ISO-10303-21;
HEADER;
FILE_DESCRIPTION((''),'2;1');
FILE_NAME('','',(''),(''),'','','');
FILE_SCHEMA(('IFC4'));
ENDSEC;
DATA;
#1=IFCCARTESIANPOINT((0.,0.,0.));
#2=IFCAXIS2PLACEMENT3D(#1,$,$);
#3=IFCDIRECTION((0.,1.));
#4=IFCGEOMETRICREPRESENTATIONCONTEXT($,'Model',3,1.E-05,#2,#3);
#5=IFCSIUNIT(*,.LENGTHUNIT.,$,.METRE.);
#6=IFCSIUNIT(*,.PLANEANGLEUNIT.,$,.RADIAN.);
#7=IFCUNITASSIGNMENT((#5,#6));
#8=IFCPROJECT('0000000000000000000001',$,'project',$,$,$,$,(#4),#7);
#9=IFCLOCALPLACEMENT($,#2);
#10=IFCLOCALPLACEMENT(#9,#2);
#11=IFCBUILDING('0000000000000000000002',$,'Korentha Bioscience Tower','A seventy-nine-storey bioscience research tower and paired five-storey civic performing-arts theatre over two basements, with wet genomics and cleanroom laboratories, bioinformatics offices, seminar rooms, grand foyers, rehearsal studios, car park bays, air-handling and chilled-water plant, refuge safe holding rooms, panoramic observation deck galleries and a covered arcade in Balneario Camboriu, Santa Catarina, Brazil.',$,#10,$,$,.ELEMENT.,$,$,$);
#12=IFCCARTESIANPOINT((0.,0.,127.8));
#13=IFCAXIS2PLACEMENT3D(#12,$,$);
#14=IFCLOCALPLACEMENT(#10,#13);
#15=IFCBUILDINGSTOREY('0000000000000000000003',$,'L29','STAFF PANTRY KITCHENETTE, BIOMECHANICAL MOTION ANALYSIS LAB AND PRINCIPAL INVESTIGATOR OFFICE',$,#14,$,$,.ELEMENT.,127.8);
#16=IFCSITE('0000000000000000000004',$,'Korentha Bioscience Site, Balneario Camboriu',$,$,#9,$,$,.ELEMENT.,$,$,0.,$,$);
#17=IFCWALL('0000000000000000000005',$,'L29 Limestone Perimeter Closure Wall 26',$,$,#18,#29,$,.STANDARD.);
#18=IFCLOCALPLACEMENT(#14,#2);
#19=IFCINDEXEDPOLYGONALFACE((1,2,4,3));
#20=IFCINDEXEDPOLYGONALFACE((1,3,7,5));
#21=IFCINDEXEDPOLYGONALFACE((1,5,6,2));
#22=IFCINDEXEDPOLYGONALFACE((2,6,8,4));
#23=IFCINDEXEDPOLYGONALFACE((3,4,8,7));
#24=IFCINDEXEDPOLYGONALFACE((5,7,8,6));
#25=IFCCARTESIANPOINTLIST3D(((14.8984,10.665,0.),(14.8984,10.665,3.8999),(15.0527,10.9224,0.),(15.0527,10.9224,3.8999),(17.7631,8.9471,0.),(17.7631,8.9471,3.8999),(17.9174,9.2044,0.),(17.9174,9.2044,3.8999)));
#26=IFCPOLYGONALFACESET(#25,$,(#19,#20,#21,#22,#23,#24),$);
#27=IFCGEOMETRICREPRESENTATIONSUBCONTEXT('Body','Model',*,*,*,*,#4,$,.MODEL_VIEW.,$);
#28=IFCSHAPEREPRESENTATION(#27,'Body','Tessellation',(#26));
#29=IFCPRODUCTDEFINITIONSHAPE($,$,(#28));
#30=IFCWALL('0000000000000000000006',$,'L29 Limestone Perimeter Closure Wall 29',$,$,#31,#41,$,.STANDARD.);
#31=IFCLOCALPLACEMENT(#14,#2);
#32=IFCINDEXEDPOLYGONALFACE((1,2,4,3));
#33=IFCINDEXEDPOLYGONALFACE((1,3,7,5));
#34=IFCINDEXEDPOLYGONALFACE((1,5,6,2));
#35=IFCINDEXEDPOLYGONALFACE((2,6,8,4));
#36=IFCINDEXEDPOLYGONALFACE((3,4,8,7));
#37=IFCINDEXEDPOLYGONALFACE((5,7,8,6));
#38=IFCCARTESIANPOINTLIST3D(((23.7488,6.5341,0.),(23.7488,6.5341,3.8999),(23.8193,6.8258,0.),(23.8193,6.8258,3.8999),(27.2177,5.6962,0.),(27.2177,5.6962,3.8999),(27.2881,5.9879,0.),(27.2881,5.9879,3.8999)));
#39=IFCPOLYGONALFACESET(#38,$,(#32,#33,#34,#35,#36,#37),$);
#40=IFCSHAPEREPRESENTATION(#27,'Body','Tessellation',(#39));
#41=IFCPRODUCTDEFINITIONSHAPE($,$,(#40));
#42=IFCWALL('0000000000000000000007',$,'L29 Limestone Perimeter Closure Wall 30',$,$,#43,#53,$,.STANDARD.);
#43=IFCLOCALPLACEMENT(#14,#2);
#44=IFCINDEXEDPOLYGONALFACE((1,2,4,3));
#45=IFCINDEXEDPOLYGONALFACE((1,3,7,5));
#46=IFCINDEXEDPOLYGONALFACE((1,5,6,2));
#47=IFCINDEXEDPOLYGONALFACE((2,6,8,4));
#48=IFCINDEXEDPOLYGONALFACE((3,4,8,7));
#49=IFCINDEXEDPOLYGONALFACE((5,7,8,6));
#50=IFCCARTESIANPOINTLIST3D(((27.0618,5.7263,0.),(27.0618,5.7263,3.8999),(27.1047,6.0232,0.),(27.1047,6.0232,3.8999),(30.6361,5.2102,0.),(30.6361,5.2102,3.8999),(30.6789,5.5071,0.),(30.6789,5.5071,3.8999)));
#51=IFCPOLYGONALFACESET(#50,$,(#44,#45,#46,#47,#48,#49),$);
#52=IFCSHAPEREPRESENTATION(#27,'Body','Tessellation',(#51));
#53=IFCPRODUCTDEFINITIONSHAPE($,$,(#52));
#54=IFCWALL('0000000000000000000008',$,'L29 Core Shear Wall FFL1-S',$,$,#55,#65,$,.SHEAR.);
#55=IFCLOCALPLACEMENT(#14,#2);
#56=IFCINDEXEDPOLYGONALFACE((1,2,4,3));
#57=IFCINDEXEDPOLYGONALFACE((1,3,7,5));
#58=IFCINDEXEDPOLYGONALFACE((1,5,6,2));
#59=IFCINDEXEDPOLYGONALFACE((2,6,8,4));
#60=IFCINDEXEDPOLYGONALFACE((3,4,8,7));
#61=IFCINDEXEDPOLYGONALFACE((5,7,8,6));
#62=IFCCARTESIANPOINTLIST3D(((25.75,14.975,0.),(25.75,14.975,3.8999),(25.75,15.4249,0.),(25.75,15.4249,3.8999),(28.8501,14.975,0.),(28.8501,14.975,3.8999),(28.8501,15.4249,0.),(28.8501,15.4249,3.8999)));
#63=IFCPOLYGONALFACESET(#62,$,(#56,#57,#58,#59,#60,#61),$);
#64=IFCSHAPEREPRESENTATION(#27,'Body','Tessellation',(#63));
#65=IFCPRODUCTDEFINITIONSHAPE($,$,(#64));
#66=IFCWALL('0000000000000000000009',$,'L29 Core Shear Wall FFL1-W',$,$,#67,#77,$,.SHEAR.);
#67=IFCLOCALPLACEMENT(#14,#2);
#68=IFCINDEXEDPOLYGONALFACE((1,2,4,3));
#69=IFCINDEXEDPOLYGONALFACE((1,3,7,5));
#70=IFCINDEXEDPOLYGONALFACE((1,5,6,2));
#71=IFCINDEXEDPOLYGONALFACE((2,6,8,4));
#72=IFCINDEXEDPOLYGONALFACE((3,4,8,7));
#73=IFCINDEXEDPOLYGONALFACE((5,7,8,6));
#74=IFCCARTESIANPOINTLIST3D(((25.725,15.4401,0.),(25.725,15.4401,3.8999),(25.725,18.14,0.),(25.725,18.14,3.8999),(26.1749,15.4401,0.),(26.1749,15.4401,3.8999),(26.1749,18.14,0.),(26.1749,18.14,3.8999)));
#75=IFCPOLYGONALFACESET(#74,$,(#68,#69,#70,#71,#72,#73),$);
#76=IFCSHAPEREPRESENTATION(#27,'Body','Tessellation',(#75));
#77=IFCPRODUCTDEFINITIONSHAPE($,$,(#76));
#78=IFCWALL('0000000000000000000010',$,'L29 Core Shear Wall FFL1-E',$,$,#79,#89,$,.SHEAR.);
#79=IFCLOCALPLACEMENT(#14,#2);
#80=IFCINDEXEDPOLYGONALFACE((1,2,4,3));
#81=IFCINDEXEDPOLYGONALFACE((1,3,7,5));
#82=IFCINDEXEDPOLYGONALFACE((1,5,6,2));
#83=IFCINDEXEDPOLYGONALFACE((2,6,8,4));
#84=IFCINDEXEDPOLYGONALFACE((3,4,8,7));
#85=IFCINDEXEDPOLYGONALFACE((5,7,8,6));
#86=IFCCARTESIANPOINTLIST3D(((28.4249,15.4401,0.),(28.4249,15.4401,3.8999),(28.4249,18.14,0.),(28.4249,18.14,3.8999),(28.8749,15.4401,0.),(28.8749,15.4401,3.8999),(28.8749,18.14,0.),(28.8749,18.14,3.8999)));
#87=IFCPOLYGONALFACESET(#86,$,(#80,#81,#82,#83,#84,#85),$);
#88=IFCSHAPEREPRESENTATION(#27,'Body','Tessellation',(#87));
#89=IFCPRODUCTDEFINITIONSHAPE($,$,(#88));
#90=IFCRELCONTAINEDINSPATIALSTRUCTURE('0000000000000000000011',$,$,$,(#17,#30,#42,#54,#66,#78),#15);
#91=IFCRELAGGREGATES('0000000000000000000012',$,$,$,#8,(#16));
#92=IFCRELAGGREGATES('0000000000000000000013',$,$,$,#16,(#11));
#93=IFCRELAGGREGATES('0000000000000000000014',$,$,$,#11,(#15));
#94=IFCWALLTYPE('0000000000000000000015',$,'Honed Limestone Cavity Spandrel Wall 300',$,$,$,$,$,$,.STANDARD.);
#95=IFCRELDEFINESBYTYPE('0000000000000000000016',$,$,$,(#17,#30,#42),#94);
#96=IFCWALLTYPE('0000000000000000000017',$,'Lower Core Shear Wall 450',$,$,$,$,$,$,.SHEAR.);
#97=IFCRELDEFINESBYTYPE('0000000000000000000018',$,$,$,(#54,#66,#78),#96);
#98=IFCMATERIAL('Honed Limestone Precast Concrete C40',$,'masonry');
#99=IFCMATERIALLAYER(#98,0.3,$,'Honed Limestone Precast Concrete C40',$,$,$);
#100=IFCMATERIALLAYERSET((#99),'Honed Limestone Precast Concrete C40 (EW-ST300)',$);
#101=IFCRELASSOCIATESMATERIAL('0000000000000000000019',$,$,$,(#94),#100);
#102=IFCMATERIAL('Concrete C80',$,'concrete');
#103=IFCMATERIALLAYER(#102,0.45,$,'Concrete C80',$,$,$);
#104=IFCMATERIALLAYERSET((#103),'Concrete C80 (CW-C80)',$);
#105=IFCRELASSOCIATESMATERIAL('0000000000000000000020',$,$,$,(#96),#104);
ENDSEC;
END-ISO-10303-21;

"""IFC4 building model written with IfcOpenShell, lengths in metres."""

from ifc_helpers import new_model, si_unit, direction, frame, frame_2d, origin, place, context, subcontext, project, spatial, rectangle, extrude, material, layer, layer_set, type_object, element, save


model = new_model("IFC4")

# Units and contexts
model_context = context("Model", 3, precision=1e-05, world=origin(), true_north=direction((0.0, 1.0)))
body_context = subcontext(model_context, "Body", "Model", "MODEL_VIEW")
ifc_project = project(units=[si_unit("LENGTHUNIT", "METRE"), si_unit("PLANEANGLEUNIT", "RADIAN")], contexts=[model_context])

# Site, building, storey
site_placement = place(None, origin())
site = spatial("IfcSite", under=ifc_project, at=site_placement, Name="Korentha Bioscience Site, Balneario Camboriu", CompositionType="ELEMENT", RefElevation=0.0)
building_placement = place(site_placement, origin())
building = spatial("IfcBuilding", under=site, at=building_placement, Name="Korentha Bioscience Tower", Description="A seventy-nine-storey bioscience research tower and paired five-storey civic performing-arts theatre over two basements, with wet genomics and cleanroom laboratories, bioinformatics offices, seminar rooms, grand foyers, rehearsal studios, car park bays, air-handling and chilled-water plant, refuge safe holding rooms, panoramic observation deck galleries and a covered arcade in Balneario Camboriu, Santa Catarina, Brazil.", CompositionType="ELEMENT")
storey_placement = place(building_placement, frame((0.0, 0.0, 127.8)))
storey = spatial("IfcBuildingStorey", under=building, at=storey_placement, Name="L29", Description="STAFF PANTRY KITCHENETTE, BIOMECHANICAL MOTION ANALYSIS LAB AND PRINCIPAL INVESTIGATOR OFFICE", CompositionType="ELEMENT", Elevation=127.8)

# Shared definitions
ifc_material_1 = material(Name="Concrete C80", Category="concrete")

# Shared definitions
ifc_material_2 = material(Name="Honed Limestone Precast Concrete C40", Category="masonry")
ifc_layer_1 = layer(ifc_material_2, 0.3, Name="Honed Limestone Precast Concrete C40")
ifc_layer_set_1 = layer_set([ifc_layer_1], Name="Honed Limestone Precast Concrete C40 (EW-ST300)")
wall_type_1 = type_object("IfcWallType", Name="Honed Limestone Cavity Spandrel Wall 300", PredefinedType="STANDARD", material=ifc_layer_set_1)

# Walls
wall_1_placement = place(storey_placement, frame((14.9756, 10.7937, 0.0), z_axis=(0.0, 0.0, 1.0), x_axis=(0.857603, -0.514313, 0.0)))
element("IfcWall", 1, at=wall_1_placement, inside=storey, type_object=wall_type_1, Name="L29 Limestone Perimeter Closure Wall 26", PredefinedType="STANDARD", context=body_context, shape_type="SweptSolid", body=[
    extrude(rectangle(XDim=3.3403, YDim=0.3, at=frame_2d((1.6702, 0.0))), origin(), (0.0, 0.0, 1.0), 3.8999),
])
wall_2_placement = place(storey_placement, frame((23.7842, 6.6799, 0.0), z_axis=(0.0, 0.0, 1.0), x_axis=(0.972043, -0.234801, 0.0)))
element("IfcWall", 2, at=wall_2_placement, inside=storey, type_object=wall_type_1, Name="L29 Limestone Perimeter Closure Wall 29", PredefinedType="STANDARD", context=body_context, shape_type="SweptSolid", body=[
    extrude(rectangle(XDim=3.5686, YDim=0.3, at=frame_2d((1.7842, 0.0))), origin(), (0.0, 0.0, 1.0), 3.8999),
])
wall_3_placement = place(storey_placement, frame((27.0833, 5.8748, 0.0), z_axis=(0.0, 0.0, 1.0), x_axis=(0.989735, -0.142917, 0.0)))
element("IfcWall", 3, at=wall_3_placement, inside=storey, type_object=wall_type_1, Name="L29 Limestone Perimeter Closure Wall 30", PredefinedType="STANDARD", context=body_context, shape_type="SweptSolid", body=[
    extrude(rectangle(XDim=3.6113, YDim=0.3, at=frame_2d((1.8057, 0.0))), origin(), (0.0, 0.0, 1.0), 3.8999),
])
ifc_layer_2 = layer(ifc_material_1, 0.45, Name="Concrete C80")
ifc_layer_set_2 = layer_set([ifc_layer_2], Name="Concrete C80 (CW-C80)")
wall_type_2 = type_object("IfcWallType", Name="Lower Core Shear Wall 450", PredefinedType="SHEAR", material=ifc_layer_set_2)
wall_4_placement = place(storey_placement, frame((25.75, 15.2, 0.0), z_axis=(0.0, 0.0, 1.0), x_axis=(1.0, 0.0, 0.0)))
element("IfcWall", 4, at=wall_4_placement, inside=storey, type_object=wall_type_2, Name="L29 Core Shear Wall FFL1-S", PredefinedType="SHEAR", context=body_context, shape_type="SweptSolid", body=[
    extrude(rectangle(XDim=3.1001, YDim=0.45, at=frame_2d((1.55, 0.0))), origin(), (0.0, 0.0, 1.0), 3.8999),
])
for number, where, z_axis, x_axis, name in (
    (5, (25.95, 15.4399, 0.0), (0.0, 0.0, 1.0), (0.0, 1.0, 0.0), "L29 Core Shear Wall FFL1-W"),
    (6, (28.6499, 15.4399, 0.0), (0.0, 0.0, 1.0), (0.0, 1.0, 0.0), "L29 Core Shear Wall FFL1-E"),
):
    element("IfcWall", number, at=place(storey_placement, frame(where, z_axis=z_axis, x_axis=x_axis)), inside=storey, type_object=wall_type_2, Name=name, PredefinedType="SHEAR", context=body_context, shape_type="SweptSolid", body=[
        extrude(rectangle(XDim=2.7, YDim=0.45, at=frame_2d((1.3501, 0.0))), origin(), (0.0, 0.0, 1.0), 3.8999),
    ])

save(model, "model.ifc")
